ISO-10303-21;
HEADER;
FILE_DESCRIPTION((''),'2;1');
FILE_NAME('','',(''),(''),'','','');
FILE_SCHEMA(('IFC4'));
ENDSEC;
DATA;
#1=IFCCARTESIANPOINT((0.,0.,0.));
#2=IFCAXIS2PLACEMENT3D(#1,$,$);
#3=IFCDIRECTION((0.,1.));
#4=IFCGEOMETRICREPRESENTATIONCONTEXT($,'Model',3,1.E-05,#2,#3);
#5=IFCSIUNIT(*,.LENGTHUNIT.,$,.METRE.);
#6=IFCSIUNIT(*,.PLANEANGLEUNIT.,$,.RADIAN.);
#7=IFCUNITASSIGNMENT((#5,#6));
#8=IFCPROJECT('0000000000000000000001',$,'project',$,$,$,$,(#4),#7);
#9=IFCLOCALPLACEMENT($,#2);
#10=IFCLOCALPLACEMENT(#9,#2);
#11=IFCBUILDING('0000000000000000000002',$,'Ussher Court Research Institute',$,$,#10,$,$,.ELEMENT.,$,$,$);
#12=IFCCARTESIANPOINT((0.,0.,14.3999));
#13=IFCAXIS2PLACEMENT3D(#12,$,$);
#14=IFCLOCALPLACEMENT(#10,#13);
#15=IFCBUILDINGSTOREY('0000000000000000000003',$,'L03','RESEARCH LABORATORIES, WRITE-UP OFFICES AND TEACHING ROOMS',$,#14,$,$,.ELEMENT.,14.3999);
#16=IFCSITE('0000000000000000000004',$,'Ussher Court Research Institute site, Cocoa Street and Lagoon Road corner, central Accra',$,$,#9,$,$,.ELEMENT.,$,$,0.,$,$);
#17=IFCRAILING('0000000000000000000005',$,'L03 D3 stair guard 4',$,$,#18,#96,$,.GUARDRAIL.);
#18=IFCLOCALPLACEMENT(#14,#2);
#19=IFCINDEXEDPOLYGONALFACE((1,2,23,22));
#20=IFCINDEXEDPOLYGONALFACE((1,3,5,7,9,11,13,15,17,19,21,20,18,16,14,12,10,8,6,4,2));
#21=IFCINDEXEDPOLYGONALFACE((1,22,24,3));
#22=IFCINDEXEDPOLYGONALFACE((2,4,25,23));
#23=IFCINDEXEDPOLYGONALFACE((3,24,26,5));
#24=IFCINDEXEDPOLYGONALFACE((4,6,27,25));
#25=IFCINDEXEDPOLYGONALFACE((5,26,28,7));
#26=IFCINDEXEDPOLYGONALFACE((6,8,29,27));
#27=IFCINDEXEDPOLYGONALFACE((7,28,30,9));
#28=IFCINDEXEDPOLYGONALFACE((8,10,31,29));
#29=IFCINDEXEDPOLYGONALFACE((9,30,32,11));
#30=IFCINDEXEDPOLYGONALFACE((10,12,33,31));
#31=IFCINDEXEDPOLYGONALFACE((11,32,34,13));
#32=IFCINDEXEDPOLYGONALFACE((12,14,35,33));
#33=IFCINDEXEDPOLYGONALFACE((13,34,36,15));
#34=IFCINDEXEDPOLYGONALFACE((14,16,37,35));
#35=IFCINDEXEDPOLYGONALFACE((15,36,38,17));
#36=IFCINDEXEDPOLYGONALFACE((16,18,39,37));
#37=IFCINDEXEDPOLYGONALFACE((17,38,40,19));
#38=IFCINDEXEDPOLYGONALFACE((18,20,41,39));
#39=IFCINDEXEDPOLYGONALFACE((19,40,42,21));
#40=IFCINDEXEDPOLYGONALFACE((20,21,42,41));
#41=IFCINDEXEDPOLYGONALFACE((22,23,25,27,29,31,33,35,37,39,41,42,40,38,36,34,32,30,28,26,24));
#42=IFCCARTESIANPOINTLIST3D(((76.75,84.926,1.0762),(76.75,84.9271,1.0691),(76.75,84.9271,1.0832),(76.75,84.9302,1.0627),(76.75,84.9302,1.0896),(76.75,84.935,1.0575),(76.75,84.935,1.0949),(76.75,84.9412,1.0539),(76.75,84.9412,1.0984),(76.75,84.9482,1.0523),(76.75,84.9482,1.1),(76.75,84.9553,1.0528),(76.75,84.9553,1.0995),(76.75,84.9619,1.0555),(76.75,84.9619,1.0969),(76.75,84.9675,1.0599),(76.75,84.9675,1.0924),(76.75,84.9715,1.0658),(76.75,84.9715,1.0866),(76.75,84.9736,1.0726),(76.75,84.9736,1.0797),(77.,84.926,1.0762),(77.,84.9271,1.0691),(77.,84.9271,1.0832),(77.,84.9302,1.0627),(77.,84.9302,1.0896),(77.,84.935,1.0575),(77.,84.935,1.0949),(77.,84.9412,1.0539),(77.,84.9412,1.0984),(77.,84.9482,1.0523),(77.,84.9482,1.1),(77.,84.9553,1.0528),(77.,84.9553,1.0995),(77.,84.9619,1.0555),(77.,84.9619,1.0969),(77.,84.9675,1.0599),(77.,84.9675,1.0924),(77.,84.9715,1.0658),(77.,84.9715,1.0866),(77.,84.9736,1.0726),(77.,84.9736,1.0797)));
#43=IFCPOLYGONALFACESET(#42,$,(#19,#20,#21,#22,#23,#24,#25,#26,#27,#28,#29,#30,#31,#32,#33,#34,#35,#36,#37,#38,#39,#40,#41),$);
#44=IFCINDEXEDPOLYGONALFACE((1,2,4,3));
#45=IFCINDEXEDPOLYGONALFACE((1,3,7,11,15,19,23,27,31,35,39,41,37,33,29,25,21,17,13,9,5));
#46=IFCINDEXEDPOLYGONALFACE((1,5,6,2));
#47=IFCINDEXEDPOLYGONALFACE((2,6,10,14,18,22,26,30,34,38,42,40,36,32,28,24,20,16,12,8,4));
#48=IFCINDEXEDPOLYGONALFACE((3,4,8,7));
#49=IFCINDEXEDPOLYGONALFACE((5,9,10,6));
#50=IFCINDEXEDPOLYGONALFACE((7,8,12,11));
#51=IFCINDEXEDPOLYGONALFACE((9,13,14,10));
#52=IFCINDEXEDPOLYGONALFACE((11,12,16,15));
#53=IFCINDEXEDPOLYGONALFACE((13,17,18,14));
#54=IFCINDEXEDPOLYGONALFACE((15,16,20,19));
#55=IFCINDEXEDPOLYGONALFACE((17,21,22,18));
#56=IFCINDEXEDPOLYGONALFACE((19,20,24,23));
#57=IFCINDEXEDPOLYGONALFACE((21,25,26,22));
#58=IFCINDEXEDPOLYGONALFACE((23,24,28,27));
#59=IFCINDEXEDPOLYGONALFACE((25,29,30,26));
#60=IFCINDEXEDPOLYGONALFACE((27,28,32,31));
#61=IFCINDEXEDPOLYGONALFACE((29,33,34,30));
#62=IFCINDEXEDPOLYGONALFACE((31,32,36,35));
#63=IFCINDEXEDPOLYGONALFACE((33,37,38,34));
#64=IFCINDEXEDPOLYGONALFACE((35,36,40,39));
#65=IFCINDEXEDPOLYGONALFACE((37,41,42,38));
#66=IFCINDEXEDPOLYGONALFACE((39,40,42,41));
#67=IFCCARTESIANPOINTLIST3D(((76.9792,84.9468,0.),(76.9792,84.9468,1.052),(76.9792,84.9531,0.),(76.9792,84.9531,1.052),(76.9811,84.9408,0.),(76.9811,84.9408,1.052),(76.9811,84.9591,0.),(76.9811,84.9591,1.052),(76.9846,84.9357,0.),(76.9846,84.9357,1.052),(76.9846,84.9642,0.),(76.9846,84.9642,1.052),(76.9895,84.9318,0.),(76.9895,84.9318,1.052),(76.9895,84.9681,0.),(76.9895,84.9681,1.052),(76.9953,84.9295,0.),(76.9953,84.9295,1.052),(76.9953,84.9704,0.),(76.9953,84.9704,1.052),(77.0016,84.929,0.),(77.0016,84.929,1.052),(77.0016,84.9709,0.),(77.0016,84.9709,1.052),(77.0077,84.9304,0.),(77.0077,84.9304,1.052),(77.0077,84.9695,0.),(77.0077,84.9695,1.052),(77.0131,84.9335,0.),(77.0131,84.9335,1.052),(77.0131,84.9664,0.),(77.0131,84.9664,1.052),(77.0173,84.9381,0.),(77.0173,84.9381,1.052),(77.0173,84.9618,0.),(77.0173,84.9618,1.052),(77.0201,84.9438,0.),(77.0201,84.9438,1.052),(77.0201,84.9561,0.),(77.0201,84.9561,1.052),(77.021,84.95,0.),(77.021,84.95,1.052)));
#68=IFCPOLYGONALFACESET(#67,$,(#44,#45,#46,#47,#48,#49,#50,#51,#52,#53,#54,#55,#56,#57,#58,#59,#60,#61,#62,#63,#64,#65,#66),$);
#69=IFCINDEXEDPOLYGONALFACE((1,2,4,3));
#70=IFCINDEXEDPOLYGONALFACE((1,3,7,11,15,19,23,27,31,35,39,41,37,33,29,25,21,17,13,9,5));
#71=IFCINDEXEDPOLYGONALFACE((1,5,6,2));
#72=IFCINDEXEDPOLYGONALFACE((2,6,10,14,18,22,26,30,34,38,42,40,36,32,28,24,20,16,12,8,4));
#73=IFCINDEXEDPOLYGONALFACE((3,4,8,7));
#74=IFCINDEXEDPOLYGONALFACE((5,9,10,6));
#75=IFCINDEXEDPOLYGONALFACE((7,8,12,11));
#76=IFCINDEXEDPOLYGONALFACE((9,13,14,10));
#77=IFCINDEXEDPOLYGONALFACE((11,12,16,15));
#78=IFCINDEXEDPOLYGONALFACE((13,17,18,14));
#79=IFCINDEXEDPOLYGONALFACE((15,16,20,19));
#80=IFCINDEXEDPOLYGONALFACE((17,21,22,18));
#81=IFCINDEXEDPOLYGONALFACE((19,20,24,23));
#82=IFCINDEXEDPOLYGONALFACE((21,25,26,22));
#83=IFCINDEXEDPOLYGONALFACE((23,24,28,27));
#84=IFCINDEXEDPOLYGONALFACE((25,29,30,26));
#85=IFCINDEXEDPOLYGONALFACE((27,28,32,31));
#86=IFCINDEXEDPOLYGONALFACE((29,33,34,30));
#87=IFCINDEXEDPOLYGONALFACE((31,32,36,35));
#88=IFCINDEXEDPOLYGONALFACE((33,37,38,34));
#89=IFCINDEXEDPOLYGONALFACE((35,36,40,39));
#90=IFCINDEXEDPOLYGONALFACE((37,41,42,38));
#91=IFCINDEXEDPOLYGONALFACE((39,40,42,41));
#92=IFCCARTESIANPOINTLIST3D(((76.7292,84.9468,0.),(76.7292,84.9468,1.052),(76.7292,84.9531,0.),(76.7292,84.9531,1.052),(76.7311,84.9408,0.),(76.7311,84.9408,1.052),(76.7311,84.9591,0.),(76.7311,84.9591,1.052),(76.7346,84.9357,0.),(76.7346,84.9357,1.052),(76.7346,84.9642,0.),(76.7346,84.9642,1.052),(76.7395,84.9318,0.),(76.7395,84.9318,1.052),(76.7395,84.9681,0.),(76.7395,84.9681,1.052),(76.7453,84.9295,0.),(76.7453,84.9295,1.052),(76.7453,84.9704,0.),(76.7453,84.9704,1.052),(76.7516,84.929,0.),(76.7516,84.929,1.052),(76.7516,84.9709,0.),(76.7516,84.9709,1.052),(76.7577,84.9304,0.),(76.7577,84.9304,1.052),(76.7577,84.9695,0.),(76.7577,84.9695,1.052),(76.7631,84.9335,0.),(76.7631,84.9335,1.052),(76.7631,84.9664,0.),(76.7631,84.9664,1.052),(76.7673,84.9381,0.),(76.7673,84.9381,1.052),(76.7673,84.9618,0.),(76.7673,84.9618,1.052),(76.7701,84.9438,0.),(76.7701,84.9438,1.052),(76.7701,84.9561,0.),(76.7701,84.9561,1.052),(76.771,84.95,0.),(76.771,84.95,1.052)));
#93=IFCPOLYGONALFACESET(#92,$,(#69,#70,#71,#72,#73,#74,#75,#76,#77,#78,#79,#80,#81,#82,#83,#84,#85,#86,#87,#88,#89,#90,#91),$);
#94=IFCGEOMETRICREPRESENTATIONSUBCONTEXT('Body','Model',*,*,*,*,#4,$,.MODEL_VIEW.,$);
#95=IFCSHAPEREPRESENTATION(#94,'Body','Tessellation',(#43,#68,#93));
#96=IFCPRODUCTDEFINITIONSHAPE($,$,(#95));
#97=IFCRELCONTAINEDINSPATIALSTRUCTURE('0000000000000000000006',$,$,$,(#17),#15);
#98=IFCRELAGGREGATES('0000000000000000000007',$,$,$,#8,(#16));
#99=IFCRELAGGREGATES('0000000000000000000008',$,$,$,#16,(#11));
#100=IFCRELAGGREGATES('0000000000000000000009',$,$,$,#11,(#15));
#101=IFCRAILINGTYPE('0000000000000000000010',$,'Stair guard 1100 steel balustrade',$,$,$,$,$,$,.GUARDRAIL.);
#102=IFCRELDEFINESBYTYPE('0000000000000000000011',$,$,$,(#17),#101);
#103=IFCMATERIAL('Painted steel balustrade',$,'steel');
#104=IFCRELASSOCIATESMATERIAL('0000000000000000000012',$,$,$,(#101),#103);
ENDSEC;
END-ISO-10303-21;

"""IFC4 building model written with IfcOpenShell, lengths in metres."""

from ifc_helpers import new_model, si_unit, direction, frame, origin, origin_2d, place, context, subcontext, project, spatial, circle, extrude, material, type_object, element, save


model = new_model("IFC4")

# Units and contexts
model_context = context("Model", 3, precision=1e-05, world=origin(), true_north=direction((0.0, 1.0)))
body_context = subcontext(model_context, "Body", "Model", "MODEL_VIEW")
ifc_project = project(units=[si_unit("LENGTHUNIT", "METRE"), si_unit("PLANEANGLEUNIT", "RADIAN")], contexts=[model_context])

# Site, building, storey
site_placement = place(None, origin())
site = spatial("IfcSite", under=ifc_project, at=site_placement, Name="Ussher Court Research Institute site, Cocoa Street and Lagoon Road corner, central Accra", CompositionType="ELEMENT", RefElevation=0.0)
building_placement = place(site_placement, origin())
building = spatial("IfcBuilding", under=site, at=building_placement, Name="Ussher Court Research Institute", CompositionType="ELEMENT")
storey_placement = place(building_placement, frame((0.0, 0.0, 14.3999)))
storey = spatial("IfcBuildingStorey", under=building, at=storey_placement, Name="L03", Description="RESEARCH LABORATORIES, WRITE-UP OFFICES AND TEACHING ROOMS", CompositionType="ELEMENT", Elevation=14.3999)

# Railing
ifc_material_1 = material(Name="Painted steel balustrade", Category="steel")
railing_type = type_object("IfcRailingType", Name="Stair guard 1100 steel balustrade", PredefinedType="GUARDRAIL", material=ifc_material_1)
railing_1_placement = place(storey_placement, frame((77.0, 84.95, 0.0)))
element("IfcRailing", 1, at=railing_1_placement, inside=storey, type_object=railing_type, Name="L03 D3 stair guard 4", PredefinedType="GUARDRAIL", context=body_context, shape_type="SweptSolid", body=[
    extrude(circle(Radius=0.0239, at=origin_2d()), frame((0.0, 0.0, 1.0762), z_axis=(-1.0, 0.0, 0.0), x_axis=(0.0, -1.0, 0.0)), (0.0, 0.0, 1.0), 0.25),
    extrude(circle(Radius=0.021, at=origin_2d()), origin(), (0.0, 0.0, 1.0), 1.052),
    extrude(circle(Radius=0.021, at=origin_2d()), frame((-0.25, 0.0, 0.0)), (0.0, 0.0, 1.0), 1.052),
])

save(model, "model.ifc")
